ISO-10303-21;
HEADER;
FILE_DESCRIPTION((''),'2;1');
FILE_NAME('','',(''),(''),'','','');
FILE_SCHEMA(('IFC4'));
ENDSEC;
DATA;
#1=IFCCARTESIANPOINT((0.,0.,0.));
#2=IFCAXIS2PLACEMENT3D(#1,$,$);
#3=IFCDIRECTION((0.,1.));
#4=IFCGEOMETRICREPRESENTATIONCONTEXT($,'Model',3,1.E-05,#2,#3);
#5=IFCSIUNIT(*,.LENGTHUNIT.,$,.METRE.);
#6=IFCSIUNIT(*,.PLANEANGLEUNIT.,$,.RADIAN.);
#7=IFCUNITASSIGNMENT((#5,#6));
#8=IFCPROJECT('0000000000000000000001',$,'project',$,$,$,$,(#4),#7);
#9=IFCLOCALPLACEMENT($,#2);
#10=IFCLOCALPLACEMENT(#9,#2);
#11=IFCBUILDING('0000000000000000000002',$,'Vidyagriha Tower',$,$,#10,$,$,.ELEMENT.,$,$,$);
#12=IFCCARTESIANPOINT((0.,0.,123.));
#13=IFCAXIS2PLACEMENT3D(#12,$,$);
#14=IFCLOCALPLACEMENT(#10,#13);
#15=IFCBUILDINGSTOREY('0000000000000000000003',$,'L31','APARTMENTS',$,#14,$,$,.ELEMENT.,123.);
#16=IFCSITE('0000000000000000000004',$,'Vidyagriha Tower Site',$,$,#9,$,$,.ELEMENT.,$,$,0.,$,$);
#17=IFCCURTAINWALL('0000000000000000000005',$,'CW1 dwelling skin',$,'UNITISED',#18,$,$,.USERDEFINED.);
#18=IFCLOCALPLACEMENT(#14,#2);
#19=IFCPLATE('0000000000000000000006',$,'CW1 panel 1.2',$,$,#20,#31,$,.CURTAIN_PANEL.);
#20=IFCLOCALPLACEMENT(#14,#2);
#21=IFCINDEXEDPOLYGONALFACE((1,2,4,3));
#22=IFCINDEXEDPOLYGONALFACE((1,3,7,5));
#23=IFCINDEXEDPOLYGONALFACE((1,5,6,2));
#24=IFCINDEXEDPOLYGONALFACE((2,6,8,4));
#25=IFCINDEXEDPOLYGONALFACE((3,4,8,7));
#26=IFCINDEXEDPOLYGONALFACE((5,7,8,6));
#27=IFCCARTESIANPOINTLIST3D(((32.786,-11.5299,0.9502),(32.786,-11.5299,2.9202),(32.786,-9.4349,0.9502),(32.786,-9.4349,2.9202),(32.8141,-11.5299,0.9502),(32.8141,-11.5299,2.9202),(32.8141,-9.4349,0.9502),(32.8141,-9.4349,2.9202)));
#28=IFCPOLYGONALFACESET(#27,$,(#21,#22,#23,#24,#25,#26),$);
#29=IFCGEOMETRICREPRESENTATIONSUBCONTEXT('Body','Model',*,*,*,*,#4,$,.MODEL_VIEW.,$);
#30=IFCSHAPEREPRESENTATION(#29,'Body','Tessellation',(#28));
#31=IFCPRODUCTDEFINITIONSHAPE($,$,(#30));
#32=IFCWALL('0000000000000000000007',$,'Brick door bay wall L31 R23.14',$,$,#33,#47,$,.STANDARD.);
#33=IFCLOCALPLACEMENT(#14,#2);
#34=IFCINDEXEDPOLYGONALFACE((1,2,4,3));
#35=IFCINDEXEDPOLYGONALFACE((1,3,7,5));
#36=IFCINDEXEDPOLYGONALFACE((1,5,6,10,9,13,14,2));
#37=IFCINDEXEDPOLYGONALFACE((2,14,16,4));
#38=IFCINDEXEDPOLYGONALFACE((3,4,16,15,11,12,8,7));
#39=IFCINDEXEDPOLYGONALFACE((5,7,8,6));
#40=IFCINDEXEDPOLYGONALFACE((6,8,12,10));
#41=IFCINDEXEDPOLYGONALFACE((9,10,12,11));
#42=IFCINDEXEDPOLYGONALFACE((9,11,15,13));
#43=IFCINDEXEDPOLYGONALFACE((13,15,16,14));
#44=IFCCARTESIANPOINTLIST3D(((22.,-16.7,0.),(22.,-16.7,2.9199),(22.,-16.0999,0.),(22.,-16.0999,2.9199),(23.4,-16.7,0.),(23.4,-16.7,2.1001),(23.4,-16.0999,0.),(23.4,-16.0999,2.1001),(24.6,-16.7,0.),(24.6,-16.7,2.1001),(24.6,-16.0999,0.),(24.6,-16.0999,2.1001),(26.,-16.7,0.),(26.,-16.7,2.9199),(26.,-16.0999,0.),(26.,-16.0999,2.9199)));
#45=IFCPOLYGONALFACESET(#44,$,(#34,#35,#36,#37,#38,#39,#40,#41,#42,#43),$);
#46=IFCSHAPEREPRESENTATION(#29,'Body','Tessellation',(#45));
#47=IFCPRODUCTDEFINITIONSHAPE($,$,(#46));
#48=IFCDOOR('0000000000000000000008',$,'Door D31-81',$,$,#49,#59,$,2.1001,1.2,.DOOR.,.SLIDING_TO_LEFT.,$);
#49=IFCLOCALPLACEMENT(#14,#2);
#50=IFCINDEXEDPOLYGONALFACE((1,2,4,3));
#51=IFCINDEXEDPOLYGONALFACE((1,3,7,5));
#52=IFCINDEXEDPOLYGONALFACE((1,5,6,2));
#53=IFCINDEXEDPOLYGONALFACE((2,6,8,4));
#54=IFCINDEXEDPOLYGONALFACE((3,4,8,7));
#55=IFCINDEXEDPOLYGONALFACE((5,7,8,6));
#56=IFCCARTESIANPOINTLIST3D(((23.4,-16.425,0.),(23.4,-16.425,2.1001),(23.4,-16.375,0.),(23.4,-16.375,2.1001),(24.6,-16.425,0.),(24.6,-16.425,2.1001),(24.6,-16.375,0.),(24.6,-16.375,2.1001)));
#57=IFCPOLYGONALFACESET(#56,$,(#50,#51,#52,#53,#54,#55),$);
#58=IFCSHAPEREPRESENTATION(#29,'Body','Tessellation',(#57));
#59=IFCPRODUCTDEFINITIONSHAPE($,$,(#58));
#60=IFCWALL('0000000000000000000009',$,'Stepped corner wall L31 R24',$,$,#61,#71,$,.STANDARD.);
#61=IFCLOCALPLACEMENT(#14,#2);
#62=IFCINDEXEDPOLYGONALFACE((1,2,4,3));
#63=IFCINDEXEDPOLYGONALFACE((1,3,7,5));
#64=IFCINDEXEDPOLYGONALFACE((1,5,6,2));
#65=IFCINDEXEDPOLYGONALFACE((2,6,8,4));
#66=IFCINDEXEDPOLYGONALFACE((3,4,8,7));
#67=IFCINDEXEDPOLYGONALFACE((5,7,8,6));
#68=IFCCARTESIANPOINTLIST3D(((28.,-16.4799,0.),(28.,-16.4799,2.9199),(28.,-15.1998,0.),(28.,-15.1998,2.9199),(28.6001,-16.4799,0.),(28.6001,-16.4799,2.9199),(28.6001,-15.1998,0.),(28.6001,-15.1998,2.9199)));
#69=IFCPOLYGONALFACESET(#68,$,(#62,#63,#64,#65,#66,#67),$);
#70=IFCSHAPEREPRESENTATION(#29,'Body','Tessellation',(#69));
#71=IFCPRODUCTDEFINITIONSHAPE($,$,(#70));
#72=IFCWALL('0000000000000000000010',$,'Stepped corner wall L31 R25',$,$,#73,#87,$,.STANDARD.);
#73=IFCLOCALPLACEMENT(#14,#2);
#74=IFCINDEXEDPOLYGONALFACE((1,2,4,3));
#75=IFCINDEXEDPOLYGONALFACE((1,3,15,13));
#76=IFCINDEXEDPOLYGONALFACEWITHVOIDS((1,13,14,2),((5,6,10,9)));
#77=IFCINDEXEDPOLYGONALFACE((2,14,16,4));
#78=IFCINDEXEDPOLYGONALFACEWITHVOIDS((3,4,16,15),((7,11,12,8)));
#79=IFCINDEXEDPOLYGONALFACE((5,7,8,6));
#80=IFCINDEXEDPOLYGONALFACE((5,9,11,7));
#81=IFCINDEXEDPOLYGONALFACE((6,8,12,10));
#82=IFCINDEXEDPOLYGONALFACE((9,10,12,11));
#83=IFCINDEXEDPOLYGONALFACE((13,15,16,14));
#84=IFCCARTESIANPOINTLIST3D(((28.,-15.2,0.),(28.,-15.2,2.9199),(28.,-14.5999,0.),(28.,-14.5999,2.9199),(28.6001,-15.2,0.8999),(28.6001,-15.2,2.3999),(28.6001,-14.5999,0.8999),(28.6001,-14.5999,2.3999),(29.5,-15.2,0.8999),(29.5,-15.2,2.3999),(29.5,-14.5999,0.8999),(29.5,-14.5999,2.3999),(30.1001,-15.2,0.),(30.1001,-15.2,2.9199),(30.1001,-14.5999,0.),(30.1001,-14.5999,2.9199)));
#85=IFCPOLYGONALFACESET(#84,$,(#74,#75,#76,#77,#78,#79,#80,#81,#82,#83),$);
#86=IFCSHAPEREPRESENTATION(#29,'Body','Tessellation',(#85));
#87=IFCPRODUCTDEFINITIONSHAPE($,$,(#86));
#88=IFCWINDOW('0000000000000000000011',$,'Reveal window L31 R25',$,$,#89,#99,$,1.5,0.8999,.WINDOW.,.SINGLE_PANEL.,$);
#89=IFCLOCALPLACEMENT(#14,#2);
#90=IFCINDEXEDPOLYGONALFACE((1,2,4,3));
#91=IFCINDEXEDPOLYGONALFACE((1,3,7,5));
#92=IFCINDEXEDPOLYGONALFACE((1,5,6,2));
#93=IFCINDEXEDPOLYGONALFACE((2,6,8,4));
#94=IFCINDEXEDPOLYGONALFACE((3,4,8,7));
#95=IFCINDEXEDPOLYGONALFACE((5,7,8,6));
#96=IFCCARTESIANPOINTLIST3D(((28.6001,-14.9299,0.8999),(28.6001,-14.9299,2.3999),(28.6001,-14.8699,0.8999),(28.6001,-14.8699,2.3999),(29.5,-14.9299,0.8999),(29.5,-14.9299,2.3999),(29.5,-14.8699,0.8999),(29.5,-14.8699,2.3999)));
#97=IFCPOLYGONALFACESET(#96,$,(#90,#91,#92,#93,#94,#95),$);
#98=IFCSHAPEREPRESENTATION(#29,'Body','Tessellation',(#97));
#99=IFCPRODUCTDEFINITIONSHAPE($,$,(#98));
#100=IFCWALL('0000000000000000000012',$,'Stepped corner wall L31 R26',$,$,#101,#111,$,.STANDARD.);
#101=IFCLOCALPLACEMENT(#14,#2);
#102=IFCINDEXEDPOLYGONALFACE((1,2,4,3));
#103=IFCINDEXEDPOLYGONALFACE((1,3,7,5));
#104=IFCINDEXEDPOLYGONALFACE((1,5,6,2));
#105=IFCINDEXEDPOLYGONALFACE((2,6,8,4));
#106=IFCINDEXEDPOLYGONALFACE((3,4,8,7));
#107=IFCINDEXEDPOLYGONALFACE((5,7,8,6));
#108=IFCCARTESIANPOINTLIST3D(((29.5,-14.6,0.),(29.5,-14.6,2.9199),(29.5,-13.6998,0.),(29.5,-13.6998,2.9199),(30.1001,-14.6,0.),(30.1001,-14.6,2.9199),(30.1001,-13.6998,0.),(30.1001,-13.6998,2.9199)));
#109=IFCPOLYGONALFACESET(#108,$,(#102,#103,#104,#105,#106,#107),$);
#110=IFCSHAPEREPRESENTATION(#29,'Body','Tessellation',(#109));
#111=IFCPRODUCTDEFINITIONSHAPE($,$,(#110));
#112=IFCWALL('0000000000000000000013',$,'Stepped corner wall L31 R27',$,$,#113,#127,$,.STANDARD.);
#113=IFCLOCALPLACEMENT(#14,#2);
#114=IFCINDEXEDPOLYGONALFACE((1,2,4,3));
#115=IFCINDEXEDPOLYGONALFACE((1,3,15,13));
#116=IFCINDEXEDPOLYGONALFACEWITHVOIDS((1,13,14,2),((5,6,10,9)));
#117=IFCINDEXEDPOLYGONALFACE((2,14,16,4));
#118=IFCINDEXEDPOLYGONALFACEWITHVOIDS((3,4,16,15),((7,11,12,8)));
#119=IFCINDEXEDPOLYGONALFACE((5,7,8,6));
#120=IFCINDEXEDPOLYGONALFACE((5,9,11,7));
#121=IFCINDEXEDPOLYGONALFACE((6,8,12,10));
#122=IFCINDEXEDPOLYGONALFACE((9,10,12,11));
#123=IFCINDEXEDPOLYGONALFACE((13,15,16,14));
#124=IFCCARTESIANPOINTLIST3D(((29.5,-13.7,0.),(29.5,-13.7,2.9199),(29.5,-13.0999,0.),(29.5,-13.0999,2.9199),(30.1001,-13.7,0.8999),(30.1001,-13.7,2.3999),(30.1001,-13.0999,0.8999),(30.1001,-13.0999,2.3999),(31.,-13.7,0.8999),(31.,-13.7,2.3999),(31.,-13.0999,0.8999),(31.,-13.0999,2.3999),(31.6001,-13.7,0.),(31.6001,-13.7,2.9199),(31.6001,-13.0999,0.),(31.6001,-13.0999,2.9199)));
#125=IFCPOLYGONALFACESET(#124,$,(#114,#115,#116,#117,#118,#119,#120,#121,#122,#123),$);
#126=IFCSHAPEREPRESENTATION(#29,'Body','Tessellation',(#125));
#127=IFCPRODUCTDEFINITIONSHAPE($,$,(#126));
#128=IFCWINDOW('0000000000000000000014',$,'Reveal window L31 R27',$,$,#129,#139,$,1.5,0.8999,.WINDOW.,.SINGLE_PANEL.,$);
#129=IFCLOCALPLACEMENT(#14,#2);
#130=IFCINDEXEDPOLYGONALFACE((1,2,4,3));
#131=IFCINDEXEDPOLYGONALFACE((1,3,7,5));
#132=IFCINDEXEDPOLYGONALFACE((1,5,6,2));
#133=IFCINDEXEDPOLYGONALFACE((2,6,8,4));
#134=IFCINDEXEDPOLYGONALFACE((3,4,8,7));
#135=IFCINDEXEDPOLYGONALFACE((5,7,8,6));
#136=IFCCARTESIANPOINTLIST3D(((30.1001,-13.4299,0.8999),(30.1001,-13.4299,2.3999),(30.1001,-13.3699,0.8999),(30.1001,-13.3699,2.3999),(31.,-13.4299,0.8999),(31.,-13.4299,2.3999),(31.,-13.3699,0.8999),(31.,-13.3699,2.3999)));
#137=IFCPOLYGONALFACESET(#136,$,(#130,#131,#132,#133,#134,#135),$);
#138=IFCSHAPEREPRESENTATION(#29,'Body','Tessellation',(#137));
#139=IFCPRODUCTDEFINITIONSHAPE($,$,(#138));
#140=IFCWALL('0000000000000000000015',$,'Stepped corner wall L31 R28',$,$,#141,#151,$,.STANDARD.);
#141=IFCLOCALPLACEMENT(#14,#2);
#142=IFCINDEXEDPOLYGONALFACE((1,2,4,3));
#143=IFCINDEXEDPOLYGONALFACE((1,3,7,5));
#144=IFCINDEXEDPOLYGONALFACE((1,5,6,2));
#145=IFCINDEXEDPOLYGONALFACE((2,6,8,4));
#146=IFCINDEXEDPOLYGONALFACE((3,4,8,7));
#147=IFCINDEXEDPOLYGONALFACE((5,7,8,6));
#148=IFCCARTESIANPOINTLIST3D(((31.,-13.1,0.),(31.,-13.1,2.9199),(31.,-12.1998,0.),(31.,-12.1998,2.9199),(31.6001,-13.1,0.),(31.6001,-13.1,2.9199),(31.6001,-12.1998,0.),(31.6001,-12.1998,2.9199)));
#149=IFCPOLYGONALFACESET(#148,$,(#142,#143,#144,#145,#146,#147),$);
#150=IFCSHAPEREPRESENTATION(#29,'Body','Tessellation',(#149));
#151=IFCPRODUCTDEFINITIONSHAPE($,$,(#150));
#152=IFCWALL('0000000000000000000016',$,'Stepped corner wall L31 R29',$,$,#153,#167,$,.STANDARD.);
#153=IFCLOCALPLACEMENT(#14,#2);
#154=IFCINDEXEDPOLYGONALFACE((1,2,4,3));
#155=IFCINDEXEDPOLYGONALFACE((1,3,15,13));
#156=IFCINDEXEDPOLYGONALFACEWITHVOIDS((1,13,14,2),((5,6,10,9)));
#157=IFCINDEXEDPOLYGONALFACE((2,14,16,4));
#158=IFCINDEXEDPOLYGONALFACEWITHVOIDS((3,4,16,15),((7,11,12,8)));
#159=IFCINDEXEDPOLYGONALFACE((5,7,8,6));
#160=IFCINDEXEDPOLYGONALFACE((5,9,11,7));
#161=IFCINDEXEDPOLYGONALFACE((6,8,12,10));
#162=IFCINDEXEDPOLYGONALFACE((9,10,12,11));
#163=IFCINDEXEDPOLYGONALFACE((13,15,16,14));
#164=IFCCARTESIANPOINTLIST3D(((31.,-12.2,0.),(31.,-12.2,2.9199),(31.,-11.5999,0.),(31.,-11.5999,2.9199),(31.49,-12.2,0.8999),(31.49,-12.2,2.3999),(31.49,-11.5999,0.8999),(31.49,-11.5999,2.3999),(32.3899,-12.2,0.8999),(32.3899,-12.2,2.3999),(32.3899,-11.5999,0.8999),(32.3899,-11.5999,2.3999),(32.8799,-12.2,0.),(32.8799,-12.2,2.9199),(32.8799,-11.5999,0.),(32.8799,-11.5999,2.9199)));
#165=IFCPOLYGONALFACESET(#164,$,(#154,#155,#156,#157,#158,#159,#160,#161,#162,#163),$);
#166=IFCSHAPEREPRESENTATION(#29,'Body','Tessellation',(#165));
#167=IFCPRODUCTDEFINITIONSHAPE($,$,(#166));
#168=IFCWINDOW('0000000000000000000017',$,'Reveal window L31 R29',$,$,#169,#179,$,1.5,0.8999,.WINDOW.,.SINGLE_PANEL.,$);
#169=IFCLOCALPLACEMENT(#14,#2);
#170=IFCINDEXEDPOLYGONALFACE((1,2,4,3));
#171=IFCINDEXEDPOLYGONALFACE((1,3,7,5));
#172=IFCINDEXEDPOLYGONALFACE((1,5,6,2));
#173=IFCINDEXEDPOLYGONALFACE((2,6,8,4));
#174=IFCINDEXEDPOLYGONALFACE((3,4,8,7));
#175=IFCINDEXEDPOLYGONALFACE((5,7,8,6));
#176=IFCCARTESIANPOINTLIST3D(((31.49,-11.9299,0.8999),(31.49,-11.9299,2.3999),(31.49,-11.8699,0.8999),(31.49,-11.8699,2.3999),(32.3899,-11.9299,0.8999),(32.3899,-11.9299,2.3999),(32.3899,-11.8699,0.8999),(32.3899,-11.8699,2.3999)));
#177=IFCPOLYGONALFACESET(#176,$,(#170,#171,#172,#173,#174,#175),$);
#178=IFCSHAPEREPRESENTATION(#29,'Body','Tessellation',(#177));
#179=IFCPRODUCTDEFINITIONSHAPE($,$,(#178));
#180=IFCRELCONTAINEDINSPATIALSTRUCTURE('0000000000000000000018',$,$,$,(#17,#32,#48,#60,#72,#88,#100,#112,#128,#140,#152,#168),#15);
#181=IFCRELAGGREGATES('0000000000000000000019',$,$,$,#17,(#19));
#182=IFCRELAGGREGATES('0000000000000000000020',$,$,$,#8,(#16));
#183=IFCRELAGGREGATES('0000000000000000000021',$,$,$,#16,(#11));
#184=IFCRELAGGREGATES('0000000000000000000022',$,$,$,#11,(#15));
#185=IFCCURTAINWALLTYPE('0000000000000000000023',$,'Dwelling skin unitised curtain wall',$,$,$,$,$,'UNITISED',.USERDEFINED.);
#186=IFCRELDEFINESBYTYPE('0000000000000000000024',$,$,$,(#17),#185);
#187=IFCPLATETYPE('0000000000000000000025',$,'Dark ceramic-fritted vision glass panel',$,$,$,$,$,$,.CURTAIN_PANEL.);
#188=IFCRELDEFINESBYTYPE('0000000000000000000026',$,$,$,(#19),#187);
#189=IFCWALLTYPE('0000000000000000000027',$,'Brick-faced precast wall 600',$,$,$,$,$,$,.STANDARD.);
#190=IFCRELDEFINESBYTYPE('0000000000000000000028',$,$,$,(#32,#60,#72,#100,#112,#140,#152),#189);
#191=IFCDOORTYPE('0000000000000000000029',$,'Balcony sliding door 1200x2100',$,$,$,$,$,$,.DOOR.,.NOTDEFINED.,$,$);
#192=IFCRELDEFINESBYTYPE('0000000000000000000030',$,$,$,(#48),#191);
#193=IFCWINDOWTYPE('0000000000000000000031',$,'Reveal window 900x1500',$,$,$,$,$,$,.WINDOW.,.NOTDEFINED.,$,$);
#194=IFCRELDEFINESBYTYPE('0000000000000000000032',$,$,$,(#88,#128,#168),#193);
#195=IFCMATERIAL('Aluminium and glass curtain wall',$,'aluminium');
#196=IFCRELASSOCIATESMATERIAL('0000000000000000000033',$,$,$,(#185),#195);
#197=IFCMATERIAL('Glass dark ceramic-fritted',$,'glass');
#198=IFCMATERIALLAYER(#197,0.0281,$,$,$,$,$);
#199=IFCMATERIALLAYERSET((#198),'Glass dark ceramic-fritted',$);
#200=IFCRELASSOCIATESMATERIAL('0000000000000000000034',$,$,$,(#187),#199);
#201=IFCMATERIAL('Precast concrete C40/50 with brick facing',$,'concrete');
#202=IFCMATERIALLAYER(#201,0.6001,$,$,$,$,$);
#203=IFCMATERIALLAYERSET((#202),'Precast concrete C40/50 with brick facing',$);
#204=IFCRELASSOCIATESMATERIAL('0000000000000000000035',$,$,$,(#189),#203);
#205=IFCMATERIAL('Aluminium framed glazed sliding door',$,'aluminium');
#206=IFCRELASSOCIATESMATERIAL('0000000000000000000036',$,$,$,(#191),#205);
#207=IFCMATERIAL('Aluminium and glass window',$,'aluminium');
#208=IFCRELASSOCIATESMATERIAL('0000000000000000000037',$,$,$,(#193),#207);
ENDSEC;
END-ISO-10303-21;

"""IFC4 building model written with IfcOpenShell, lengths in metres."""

from ifc_helpers import new_model, si_unit, direction, frame, frame_2d, origin, origin_2d, place, context, subcontext, project, spatial, rectangle, extrude, material, layer, layer_set, type_object, element, fill, aggregate, save


model = new_model("IFC4")

# Units and contexts
model_context = context("Model", 3, precision=1e-05, world=origin(), true_north=direction((0.0, 1.0)))
body_context = subcontext(model_context, "Body", "Model", "MODEL_VIEW")
ifc_project = project(units=[si_unit("LENGTHUNIT", "METRE"), si_unit("PLANEANGLEUNIT", "RADIAN")], contexts=[model_context])

# Site, building, storey
site_placement = place(None, origin())
site = spatial("IfcSite", under=ifc_project, at=site_placement, Name="Vidyagriha Tower Site", CompositionType="ELEMENT", RefElevation=0.0)
building_placement = place(site_placement, origin())
building = spatial("IfcBuilding", under=site, at=building_placement, Name="Vidyagriha Tower", CompositionType="ELEMENT")
storey_placement = place(building_placement, frame((0.0, 0.0, 123.0)))
storey = spatial("IfcBuildingStorey", under=building, at=storey_placement, Name="L31", Description="APARTMENTS", CompositionType="ELEMENT", Elevation=123.0)

# Curtain wall
ifc_material_1 = material(Name="Aluminium and glass curtain wall", Category="aluminium")
curtain_wall_type = type_object("IfcCurtainWallType", Name="Dwelling skin unitised curtain wall", ElementType="UNITISED", PredefinedType="USERDEFINED", material=ifc_material_1)
curtain_wall_1_placement = place(storey_placement, origin())
curtain_wall_1 = element("IfcCurtainWall", 1, at=curtain_wall_1_placement, inside=storey, type_object=curtain_wall_type, Name="CW1 dwelling skin", ObjectType="UNITISED", PredefinedType="USERDEFINED")

# Plate
ifc_material_2 = material(Name="Glass dark ceramic-fritted", Category="glass")
ifc_layer_1 = layer(ifc_material_2, 0.0281)
ifc_layer_set_1 = layer_set([ifc_layer_1], Name="Glass dark ceramic-fritted")
plate_type_1 = type_object("IfcPlateType", Name="Dark ceramic-fritted vision glass panel", PredefinedType="CURTAIN_PANEL", material=ifc_layer_set_1)
plate_1_placement = place(storey_placement, frame((32.8, -10.4824, 0.9502), z_axis=(0.0, 0.0, 1.0), x_axis=(0.0, 1.0, 0.0)))
plate_1 = element("IfcPlate", 2, at=plate_1_placement, type_object=plate_type_1, Name="CW1 panel 1.2", PredefinedType="CURTAIN_PANEL", context=body_context, shape_type="SweptSolid", body=[
    extrude(rectangle(XDim=2.095, YDim=0.0281, at=origin_2d()), origin(), (0.0, 0.0, 1.0), 1.97),
])
aggregate(curtain_wall_1, [plate_1])

# Wall, opening, door
ifc_material_3 = material(Name="Precast concrete C40/50 with brick facing", Category="concrete")
ifc_layer_2 = layer(ifc_material_3, 0.6001)
ifc_layer_set_2 = layer_set([ifc_layer_2], Name="Precast concrete C40/50 with brick facing")
wall_type = type_object("IfcWallType", Name="Brick-faced precast wall 600", PredefinedType="STANDARD", material=ifc_layer_set_2)
wall_1_placement = place(storey_placement, frame((22.0, -16.3999, 0.0)))
wall_1 = element("IfcWall", 3, at=wall_1_placement, inside=storey, type_object=wall_type, Name="Brick door bay wall L31 R23.14", PredefinedType="STANDARD", context=body_context, shape_type="SweptSolid", body=[
    extrude(rectangle(XDim=4.0, YDim=0.6001, at=frame_2d((2.0, 0.0))), origin(), (0.0, 0.0, 1.0), 2.9199),
])
opening_1_placement = place(wall_1_placement, frame((1.3999, 0.0, 0.0)))
opening_1 = element("IfcOpeningElement", 4, at=opening_1_placement, cuts=wall_1, PredefinedType="OPENING", context=body_context, shape_type="SweptSolid", body=[
    extrude(rectangle(XDim=1.2, YDim=2.1001, at=frame_2d((0.6001, 1.05))), frame((0.0, 0.3101, 0.0), z_axis=(0.0, -1.0, 0.0), x_axis=(1.0, 0.0, 0.0)), (0.0, 0.0, 1.0), 0.6201),
])
ifc_material_4 = material(Name="Aluminium framed glazed sliding door", Category="aluminium")
door_type = type_object("IfcDoorType", Name="Balcony sliding door 1200x2100", OperationType="NOTDEFINED", PredefinedType="DOOR", material=ifc_material_4)
door_placement = place(opening_1_placement, origin())
door = element("IfcDoor", 5, at=door_placement, inside=storey, type_object=door_type, Name="Door D31-81", OperationType="SLIDING_TO_LEFT", OverallHeight=2.1001, OverallWidth=1.2, PredefinedType="DOOR", context=body_context, shape_type="SweptSolid", body=[
    extrude(rectangle(XDim=1.2, YDim=2.1001, at=frame_2d((0.6001, 1.05))), frame((0.0, 0.0249, 0.0), z_axis=(0.0, -1.0, 0.0), x_axis=(1.0, 0.0, 0.0)), (0.0, 0.0, 1.0), 0.05),
])
fill(opening_1, door)

# Wall
wall_2_placement = place(storey_placement, frame((28.3, -16.48, 0.0), z_axis=(0.0, 0.0, 1.0), x_axis=(0.0, 1.0, 0.0)))
element("IfcWall", 6, at=wall_2_placement, inside=storey, type_object=wall_type, Name="Stepped corner wall L31 R24", PredefinedType="STANDARD", context=body_context, shape_type="SweptSolid", body=[
    extrude(rectangle(XDim=1.28, YDim=0.6001, at=frame_2d((0.6401, 0.0))), origin(), (0.0, 0.0, 1.0), 2.9199),
])

# Wall, opening, window
wall_3_placement = place(storey_placement, frame((28.0, -14.8999, 0.0)))
wall_3 = element("IfcWall", 7, at=wall_3_placement, inside=storey, type_object=wall_type, Name="Stepped corner wall L31 R25", PredefinedType="STANDARD", context=body_context, shape_type="SweptSolid", body=[
    extrude(rectangle(XDim=2.1001, YDim=0.6001, at=frame_2d((1.05, 0.0))), origin(), (0.0, 0.0, 1.0), 2.9199),
])
opening_2_placement = place(wall_3_placement, frame((0.6001, 0.0, 0.8999)))
opening_2 = element("IfcOpeningElement", 8, at=opening_2_placement, cuts=wall_3, PredefinedType="OPENING", context=body_context, shape_type="SweptSolid", body=[
    extrude(rectangle(XDim=0.8999, YDim=1.5, at=frame_2d((0.45, 0.75))), frame((0.0, 0.3101, 0.0), z_axis=(0.0, -1.0, 0.0), x_axis=(1.0, 0.0, 0.0)), (0.0, 0.0, 1.0), 0.6201),
])
ifc_material_5 = material(Name="Aluminium and glass window", Category="aluminium")
window_type = type_object("IfcWindowType", Name="Reveal window 900x1500", PartitioningType="NOTDEFINED", PredefinedType="WINDOW", material=ifc_material_5)
window_1_placement = place(opening_2_placement, origin())
window_1 = element("IfcWindow", 9, at=window_1_placement, inside=storey, type_object=window_type, Name="Reveal window L31 R25", OverallHeight=1.5, OverallWidth=0.8999, PartitioningType="SINGLE_PANEL", PredefinedType="WINDOW", context=body_context, shape_type="SweptSolid", body=[
    extrude(rectangle(XDim=0.8999, YDim=1.5, at=frame_2d((0.45, 0.75))), frame((0.0, 0.03, 0.0), z_axis=(0.0, -1.0, 0.0), x_axis=(1.0, 0.0, 0.0)), (0.0, 0.0, 1.0), 0.0601),
])
fill(opening_2, window_1)

# Wall
wall_4_placement = place(storey_placement, frame((29.8, -14.6001, 0.0), z_axis=(0.0, 0.0, 1.0), x_axis=(0.0, 1.0, 0.0)))
element("IfcWall", 10, at=wall_4_placement, inside=storey, type_object=wall_type, Name="Stepped corner wall L31 R26", PredefinedType="STANDARD", context=body_context, shape_type="SweptSolid", body=[
    extrude(rectangle(XDim=0.9001, YDim=0.6001, at=frame_2d((0.4502, 0.0))), origin(), (0.0, 0.0, 1.0), 2.9199),
])

# Wall, opening, window
wall_5_placement = place(storey_placement, frame((29.5, -13.3999, 0.0)))
wall_5 = element("IfcWall", 11, at=wall_5_placement, inside=storey, type_object=wall_type, Name="Stepped corner wall L31 R27", PredefinedType="STANDARD", context=body_context, shape_type="SweptSolid", body=[
    extrude(rectangle(XDim=2.1001, YDim=0.6001, at=frame_2d((1.05, 0.0))), origin(), (0.0, 0.0, 1.0), 2.9199),
])
opening_3_placement = place(wall_5_placement, frame((0.6001, 0.0, 0.8999)))
opening_3 = element("IfcOpeningElement", 12, at=opening_3_placement, cuts=wall_5, PredefinedType="OPENING", context=body_context, shape_type="SweptSolid", body=[
    extrude(rectangle(XDim=0.8999, YDim=1.5, at=frame_2d((0.45, 0.75))), frame((0.0, 0.3101, 0.0), z_axis=(0.0, -1.0, 0.0), x_axis=(1.0, 0.0, 0.0)), (0.0, 0.0, 1.0), 0.6201),
])
window_2_placement = place(opening_3_placement, origin())
window_2 = element("IfcWindow", 13, at=window_2_placement, inside=storey, type_object=window_type, Name="Reveal window L31 R27", OverallHeight=1.5, OverallWidth=0.8999, PartitioningType="SINGLE_PANEL", PredefinedType="WINDOW", context=body_context, shape_type="SweptSolid", body=[
    extrude(rectangle(XDim=0.8999, YDim=1.5, at=frame_2d((0.45, 0.75))), frame((0.0, 0.03, 0.0), z_axis=(0.0, -1.0, 0.0), x_axis=(1.0, 0.0, 0.0)), (0.0, 0.0, 1.0), 0.0601),
])
fill(opening_3, window_2)

# Wall
wall_6_placement = place(storey_placement, frame((31.3, -13.1001, 0.0), z_axis=(0.0, 0.0, 1.0), x_axis=(0.0, 1.0, 0.0)))
element("IfcWall", 14, at=wall_6_placement, inside=storey, type_object=wall_type, Name="Stepped corner wall L31 R28", PredefinedType="STANDARD", context=body_context, shape_type="SweptSolid", body=[
    extrude(rectangle(XDim=0.9001, YDim=0.6001, at=frame_2d((0.4502, 0.0))), origin(), (0.0, 0.0, 1.0), 2.9199),
])

# Wall, opening, window
wall_7_placement = place(storey_placement, frame((31.0, -11.8999, 0.0)))
wall_7 = element("IfcWall", 15, at=wall_7_placement, inside=storey, type_object=wall_type, Name="Stepped corner wall L31 R29", PredefinedType="STANDARD", context=body_context, shape_type="SweptSolid", body=[
    extrude(rectangle(XDim=1.8799, YDim=0.6001, at=frame_2d((0.9399, 0.0))), origin(), (0.0, 0.0, 1.0), 2.9199),
])
opening_4_placement = place(wall_7_placement, frame((0.49, 0.0, 0.8999)))
opening_4 = element("IfcOpeningElement", 16, at=opening_4_placement, cuts=wall_7, PredefinedType="OPENING", context=body_context, shape_type="SweptSolid", body=[
    extrude(rectangle(XDim=0.8999, YDim=1.5, at=frame_2d((0.45, 0.75))), frame((0.0, 0.3101, 0.0), z_axis=(0.0, -1.0, 0.0), x_axis=(1.0, 0.0, 0.0)), (0.0, 0.0, 1.0), 0.6201),
])
window_3_placement = place(opening_4_placement, origin())
window_3 = element("IfcWindow", 17, at=window_3_placement, inside=storey, type_object=window_type, Name="Reveal window L31 R29", OverallHeight=1.5, OverallWidth=0.8999, PartitioningType="SINGLE_PANEL", PredefinedType="WINDOW", context=body_context, shape_type="SweptSolid", body=[
    extrude(rectangle(XDim=0.8999, YDim=1.5, at=frame_2d((0.45, 0.75))), frame((0.0, 0.03, 0.0), z_axis=(0.0, -1.0, 0.0), x_axis=(1.0, 0.0, 0.0)), (0.0, 0.0, 1.0), 0.0601),
])
fill(opening_4, window_3)

save(model, "model.ifc")
